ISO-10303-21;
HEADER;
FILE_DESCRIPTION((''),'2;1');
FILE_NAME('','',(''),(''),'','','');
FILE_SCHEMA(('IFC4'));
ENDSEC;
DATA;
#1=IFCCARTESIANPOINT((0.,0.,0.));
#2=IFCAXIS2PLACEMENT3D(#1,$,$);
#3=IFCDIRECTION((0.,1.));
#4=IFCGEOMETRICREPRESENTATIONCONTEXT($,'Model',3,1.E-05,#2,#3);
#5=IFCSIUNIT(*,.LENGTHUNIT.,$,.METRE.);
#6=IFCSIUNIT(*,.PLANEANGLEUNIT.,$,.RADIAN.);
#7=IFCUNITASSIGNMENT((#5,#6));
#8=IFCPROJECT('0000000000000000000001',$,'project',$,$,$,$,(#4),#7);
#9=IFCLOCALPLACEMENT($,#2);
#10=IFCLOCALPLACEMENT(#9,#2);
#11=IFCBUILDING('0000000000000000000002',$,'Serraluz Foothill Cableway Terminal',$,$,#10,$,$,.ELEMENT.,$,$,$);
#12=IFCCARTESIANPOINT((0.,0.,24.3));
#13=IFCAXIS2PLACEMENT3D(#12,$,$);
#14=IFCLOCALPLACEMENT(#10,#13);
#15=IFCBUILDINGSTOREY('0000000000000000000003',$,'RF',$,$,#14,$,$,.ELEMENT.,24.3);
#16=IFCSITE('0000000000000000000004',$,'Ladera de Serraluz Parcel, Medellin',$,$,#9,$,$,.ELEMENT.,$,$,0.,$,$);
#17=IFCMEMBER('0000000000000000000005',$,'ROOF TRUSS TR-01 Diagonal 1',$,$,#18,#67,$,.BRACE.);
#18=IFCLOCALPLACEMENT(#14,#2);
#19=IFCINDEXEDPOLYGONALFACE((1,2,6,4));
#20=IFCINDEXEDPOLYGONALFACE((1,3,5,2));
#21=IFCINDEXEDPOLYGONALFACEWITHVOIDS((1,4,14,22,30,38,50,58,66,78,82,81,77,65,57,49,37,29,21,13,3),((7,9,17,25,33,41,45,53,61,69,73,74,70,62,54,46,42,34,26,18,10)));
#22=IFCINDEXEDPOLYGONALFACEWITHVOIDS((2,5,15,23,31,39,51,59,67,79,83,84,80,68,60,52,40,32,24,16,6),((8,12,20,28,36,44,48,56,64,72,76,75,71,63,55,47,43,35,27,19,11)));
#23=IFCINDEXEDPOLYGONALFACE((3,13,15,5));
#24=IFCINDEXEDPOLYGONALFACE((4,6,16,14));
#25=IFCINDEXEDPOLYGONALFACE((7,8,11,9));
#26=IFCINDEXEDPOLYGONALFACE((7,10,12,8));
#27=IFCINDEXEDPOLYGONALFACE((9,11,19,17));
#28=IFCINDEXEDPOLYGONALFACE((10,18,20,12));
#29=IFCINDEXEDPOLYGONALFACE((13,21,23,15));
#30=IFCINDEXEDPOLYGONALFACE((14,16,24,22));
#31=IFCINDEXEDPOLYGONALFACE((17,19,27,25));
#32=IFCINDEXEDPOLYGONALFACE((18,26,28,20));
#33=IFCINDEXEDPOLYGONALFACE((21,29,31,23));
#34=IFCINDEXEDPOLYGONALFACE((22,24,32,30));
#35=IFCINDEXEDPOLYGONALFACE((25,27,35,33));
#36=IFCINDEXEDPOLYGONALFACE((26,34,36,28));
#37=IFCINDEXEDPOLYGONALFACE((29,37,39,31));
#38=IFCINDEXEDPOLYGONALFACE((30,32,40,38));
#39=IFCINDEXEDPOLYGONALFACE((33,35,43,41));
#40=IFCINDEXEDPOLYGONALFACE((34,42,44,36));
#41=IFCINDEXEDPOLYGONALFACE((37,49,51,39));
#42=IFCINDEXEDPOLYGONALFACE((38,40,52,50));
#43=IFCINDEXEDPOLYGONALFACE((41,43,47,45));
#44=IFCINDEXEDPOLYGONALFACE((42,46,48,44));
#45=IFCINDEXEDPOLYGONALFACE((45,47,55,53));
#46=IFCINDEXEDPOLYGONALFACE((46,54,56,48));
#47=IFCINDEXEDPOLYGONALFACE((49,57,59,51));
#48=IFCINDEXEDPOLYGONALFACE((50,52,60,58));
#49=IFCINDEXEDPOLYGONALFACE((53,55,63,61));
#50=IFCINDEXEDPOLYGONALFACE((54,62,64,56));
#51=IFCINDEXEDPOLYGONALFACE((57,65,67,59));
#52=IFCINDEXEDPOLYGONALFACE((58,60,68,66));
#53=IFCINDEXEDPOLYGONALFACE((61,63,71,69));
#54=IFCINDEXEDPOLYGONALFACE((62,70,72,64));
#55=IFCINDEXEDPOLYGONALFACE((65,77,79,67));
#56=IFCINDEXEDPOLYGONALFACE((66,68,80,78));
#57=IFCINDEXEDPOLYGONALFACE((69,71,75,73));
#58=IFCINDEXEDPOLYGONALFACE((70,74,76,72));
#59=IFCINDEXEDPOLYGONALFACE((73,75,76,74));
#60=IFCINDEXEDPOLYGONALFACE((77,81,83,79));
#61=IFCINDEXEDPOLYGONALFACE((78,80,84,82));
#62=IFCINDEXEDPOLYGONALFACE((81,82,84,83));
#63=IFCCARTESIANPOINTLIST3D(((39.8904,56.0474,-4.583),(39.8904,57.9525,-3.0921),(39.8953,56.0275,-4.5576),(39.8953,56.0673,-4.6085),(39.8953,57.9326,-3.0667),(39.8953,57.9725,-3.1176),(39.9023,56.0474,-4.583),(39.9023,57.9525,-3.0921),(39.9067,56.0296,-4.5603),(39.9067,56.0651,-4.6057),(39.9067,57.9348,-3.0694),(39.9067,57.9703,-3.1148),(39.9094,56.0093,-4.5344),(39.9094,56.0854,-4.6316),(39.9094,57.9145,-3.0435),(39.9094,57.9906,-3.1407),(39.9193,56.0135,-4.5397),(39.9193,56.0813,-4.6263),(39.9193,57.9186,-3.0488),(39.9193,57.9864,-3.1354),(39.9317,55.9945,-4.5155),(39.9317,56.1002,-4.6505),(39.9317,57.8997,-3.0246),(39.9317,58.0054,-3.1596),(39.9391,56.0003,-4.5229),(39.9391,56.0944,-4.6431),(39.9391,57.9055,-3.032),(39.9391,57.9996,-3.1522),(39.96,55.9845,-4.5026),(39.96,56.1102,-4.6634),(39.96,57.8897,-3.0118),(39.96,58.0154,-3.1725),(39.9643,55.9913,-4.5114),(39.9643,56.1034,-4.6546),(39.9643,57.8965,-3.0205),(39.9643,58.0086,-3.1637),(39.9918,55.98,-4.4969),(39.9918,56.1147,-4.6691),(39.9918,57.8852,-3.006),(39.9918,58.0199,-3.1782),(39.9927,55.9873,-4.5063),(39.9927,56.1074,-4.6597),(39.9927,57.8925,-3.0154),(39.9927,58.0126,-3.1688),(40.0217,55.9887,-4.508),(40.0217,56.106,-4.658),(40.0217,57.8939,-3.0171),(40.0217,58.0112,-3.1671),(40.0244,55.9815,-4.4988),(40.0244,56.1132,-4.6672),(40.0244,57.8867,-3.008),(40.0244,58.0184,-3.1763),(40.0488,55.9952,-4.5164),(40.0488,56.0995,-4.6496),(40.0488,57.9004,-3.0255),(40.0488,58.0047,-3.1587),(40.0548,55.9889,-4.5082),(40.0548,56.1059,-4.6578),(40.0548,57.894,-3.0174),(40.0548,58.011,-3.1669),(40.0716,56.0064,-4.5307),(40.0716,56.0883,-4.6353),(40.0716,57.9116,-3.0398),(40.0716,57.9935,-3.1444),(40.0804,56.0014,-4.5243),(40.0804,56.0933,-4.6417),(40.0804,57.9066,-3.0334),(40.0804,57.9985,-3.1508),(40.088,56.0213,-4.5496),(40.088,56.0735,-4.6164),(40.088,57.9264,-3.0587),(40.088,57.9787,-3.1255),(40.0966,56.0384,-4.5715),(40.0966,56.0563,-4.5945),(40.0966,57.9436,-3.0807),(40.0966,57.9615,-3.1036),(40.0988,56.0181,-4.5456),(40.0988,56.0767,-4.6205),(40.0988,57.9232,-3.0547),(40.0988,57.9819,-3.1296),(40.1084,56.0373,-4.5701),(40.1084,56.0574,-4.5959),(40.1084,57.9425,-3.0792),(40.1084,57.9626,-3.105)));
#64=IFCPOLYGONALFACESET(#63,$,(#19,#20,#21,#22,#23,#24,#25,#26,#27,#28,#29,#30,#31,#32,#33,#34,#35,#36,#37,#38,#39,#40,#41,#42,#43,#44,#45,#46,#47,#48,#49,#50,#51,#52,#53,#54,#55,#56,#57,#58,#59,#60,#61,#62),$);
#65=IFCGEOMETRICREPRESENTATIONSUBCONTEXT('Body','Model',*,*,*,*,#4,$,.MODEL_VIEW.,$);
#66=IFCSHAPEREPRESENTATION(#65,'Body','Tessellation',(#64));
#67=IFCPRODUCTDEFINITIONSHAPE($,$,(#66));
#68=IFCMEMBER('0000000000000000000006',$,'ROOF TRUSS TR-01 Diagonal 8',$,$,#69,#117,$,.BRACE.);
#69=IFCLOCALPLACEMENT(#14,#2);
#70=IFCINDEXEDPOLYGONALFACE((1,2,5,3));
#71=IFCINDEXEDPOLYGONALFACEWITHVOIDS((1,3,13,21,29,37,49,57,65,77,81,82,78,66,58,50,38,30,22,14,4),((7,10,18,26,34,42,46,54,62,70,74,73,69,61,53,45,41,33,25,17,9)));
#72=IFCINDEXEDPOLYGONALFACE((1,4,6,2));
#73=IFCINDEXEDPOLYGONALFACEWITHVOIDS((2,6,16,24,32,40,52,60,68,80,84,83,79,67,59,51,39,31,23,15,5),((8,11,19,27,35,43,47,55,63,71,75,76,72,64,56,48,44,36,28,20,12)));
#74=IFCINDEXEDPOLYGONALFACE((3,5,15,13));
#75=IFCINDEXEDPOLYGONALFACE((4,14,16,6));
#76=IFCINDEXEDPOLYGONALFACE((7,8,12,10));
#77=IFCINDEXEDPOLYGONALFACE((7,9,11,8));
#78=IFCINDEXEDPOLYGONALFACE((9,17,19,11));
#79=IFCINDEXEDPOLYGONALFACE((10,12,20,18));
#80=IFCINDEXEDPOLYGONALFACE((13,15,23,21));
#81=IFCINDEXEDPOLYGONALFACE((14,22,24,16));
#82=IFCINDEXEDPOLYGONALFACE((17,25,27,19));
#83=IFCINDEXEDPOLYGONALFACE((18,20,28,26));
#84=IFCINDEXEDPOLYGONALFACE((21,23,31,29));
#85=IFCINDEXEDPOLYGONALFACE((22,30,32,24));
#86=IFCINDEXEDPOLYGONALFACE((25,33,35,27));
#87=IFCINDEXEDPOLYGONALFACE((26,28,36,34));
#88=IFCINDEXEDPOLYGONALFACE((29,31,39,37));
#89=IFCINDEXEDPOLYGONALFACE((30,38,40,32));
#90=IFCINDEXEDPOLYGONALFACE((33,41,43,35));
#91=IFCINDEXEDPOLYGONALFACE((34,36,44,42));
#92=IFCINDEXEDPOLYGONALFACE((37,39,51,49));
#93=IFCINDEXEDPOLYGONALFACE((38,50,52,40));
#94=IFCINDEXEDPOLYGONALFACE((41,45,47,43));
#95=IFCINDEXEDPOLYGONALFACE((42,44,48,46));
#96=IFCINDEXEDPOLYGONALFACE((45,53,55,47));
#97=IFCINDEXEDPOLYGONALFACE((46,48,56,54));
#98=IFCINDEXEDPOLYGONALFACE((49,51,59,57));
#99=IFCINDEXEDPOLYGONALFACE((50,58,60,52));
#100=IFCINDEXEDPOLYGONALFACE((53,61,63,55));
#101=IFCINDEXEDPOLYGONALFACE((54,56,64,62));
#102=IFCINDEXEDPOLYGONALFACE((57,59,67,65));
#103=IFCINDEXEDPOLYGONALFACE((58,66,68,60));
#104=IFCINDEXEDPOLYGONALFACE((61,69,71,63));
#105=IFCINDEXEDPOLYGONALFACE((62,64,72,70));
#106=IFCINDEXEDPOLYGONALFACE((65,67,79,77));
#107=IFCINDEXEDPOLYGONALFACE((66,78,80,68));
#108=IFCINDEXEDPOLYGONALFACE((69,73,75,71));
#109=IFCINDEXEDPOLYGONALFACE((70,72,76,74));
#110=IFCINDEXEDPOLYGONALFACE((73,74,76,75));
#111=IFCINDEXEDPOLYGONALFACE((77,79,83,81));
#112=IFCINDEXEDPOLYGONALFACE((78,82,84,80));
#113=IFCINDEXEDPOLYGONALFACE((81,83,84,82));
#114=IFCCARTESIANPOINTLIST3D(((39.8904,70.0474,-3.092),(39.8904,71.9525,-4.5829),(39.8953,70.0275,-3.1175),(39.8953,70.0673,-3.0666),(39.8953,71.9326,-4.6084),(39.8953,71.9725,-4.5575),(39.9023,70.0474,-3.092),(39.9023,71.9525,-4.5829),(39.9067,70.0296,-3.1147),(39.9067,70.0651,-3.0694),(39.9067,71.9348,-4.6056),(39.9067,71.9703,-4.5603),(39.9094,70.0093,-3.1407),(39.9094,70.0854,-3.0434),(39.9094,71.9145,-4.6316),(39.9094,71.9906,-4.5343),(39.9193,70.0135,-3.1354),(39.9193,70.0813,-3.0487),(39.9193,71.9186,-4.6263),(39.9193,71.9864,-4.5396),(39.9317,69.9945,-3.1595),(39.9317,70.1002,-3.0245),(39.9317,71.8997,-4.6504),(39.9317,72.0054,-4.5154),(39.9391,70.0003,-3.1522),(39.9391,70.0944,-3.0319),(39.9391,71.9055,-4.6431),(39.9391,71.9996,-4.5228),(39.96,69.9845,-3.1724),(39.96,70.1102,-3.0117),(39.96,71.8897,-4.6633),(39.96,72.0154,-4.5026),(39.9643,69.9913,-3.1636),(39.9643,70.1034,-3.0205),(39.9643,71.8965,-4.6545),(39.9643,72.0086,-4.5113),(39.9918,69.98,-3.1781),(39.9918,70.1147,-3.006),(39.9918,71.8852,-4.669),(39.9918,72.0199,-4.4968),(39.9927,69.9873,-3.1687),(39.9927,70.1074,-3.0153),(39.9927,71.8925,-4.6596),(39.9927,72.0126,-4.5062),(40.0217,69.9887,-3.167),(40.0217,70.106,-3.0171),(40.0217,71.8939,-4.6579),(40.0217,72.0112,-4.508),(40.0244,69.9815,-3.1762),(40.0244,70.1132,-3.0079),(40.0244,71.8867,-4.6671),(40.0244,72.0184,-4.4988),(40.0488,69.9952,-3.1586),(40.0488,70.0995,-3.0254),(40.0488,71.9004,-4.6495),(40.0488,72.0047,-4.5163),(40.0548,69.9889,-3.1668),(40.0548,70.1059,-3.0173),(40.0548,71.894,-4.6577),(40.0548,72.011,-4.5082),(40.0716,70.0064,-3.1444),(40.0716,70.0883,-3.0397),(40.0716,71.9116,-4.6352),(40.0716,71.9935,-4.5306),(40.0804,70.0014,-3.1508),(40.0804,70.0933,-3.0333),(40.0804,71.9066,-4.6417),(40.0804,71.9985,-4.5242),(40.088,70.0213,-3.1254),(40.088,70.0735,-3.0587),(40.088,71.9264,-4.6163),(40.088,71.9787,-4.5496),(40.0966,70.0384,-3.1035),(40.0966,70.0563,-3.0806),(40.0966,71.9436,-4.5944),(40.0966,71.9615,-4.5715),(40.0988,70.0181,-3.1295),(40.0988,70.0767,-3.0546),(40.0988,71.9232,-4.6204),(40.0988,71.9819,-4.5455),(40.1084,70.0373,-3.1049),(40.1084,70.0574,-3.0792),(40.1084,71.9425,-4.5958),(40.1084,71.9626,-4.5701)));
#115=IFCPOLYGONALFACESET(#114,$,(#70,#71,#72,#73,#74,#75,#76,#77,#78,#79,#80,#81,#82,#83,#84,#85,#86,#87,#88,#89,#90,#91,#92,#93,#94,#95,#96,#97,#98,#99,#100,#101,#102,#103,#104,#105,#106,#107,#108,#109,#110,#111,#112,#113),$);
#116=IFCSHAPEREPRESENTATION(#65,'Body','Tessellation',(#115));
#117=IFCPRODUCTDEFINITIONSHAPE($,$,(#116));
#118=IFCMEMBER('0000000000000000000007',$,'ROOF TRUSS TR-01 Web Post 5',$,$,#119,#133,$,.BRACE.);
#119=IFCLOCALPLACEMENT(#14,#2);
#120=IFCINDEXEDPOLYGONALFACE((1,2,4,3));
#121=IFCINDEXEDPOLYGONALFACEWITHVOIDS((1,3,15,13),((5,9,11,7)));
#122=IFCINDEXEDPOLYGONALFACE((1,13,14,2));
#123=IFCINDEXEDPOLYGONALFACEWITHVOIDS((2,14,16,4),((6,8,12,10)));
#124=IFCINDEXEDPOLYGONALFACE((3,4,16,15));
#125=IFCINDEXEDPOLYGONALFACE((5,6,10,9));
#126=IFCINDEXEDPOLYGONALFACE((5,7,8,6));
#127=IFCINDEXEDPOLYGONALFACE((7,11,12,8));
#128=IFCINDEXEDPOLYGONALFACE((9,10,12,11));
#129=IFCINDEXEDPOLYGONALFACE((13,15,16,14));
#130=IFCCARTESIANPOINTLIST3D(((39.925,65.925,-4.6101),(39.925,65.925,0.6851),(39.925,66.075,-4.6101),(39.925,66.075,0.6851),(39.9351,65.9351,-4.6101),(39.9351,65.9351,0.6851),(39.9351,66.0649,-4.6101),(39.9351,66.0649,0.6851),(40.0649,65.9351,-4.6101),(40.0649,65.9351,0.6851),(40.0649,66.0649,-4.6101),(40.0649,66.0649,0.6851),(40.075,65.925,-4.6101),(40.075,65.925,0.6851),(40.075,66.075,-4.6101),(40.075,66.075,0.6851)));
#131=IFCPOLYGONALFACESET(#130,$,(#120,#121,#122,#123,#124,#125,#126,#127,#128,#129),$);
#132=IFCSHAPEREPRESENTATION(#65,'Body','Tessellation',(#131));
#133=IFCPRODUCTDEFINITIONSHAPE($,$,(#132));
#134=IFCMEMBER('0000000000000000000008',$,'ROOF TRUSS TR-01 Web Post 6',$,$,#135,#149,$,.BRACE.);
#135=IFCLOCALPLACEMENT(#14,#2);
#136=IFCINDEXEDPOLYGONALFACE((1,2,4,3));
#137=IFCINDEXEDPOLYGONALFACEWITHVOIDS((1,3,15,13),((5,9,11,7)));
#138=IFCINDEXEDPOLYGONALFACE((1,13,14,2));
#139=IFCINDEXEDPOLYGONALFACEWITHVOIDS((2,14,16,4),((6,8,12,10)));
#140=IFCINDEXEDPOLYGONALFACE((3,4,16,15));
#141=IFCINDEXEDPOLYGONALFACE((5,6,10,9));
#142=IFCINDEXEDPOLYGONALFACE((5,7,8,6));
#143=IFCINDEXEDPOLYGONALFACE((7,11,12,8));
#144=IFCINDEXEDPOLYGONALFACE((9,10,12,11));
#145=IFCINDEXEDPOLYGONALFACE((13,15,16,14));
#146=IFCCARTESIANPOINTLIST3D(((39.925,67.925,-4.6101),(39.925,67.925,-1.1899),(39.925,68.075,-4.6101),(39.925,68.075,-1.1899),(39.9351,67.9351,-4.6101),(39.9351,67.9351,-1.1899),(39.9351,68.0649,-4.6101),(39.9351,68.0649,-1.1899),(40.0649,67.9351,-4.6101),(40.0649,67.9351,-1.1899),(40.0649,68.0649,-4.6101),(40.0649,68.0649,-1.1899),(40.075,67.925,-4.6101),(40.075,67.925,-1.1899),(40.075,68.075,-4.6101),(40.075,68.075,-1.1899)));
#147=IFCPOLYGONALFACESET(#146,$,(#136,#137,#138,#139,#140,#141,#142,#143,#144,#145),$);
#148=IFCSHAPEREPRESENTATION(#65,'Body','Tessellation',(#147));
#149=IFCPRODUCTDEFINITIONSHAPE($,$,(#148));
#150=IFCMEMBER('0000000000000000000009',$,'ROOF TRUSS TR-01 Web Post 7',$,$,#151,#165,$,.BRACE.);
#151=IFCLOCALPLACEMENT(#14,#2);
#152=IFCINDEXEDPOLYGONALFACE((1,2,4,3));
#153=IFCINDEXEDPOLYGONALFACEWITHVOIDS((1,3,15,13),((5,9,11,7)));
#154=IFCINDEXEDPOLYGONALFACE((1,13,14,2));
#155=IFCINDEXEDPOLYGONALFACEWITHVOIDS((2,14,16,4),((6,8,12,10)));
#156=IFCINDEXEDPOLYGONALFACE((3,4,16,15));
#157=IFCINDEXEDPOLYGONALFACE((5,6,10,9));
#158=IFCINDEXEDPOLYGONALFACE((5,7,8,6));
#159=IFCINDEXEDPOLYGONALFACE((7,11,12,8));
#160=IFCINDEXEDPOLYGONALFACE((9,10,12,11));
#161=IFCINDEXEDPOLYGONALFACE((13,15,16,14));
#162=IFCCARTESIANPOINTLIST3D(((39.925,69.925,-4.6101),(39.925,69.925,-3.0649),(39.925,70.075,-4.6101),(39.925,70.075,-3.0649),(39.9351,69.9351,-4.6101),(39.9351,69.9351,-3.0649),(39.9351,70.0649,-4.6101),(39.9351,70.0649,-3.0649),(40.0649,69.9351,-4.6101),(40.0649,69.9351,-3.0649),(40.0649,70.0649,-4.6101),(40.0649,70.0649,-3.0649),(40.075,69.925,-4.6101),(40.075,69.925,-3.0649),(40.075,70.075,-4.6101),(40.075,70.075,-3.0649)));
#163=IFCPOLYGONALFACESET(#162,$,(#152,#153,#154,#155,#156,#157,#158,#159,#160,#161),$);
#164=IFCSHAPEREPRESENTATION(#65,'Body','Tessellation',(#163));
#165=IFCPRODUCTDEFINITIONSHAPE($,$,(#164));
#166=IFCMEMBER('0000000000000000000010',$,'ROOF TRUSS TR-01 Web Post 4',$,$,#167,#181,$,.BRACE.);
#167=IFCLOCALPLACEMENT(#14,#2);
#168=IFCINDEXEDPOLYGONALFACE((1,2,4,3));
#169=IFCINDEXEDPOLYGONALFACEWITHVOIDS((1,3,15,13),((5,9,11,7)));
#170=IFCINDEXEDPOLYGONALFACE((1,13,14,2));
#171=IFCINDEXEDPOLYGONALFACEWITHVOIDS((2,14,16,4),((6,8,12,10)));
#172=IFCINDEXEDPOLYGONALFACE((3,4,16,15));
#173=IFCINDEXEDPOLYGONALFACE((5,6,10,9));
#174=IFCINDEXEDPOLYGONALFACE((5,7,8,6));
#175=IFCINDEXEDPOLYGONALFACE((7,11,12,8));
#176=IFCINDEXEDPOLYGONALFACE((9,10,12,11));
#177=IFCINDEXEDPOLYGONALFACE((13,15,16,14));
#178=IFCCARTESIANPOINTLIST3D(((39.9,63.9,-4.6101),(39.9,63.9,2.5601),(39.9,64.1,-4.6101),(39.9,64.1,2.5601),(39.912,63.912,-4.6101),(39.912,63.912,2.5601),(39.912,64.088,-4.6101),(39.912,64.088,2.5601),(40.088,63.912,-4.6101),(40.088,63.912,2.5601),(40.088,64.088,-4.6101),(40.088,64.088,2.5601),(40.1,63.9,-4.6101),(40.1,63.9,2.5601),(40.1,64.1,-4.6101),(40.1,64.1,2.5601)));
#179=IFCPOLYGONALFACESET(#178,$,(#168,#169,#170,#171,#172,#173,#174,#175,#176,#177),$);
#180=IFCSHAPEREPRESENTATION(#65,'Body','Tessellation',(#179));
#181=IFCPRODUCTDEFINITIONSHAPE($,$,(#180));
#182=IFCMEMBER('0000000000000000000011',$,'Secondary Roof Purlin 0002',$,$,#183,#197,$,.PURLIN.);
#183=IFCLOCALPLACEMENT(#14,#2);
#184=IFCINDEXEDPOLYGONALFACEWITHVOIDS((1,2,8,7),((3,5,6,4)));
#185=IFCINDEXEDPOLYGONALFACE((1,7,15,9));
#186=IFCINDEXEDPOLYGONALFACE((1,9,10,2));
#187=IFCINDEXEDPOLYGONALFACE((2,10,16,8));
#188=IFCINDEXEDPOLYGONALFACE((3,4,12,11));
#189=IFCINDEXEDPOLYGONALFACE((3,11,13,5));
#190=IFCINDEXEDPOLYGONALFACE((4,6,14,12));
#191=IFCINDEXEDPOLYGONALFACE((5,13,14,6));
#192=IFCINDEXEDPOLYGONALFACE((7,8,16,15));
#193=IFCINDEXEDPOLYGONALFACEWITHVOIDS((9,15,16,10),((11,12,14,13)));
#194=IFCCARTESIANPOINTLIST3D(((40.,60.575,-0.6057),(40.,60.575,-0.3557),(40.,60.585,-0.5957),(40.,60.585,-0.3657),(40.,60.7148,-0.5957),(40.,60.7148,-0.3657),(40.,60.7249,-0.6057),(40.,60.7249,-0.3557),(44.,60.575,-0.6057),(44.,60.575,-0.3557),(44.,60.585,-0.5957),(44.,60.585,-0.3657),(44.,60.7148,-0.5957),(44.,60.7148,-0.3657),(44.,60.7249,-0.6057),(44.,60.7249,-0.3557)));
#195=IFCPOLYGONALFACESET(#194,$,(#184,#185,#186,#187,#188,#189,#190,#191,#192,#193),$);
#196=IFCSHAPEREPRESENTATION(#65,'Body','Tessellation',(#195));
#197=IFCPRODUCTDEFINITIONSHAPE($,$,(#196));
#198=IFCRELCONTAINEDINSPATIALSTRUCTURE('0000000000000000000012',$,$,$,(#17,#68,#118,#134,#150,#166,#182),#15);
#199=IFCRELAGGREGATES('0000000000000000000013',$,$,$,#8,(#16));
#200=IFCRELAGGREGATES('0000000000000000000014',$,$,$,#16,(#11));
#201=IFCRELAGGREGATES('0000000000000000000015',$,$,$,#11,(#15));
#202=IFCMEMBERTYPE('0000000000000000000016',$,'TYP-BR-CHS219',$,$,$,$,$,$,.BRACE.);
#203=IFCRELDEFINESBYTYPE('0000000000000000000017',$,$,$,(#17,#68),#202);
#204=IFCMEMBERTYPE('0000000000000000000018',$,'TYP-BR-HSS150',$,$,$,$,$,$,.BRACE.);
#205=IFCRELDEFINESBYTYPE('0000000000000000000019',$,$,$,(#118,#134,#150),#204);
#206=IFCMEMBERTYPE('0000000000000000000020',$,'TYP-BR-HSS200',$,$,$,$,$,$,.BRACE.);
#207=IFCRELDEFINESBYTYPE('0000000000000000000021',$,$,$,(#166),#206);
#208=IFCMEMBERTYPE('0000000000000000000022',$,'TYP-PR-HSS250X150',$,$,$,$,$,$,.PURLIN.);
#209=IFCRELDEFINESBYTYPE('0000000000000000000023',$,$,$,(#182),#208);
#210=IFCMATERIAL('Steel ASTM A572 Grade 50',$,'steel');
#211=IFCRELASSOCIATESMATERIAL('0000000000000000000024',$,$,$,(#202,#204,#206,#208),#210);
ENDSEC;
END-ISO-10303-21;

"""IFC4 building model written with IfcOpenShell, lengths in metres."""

from ifc_helpers import new_model, si_unit, direction, frame, origin, origin_2d, place, context, subcontext, project, spatial, hollow_rectangle, hollow_circle, extrude, material, material_profile, profile_set, type_object, element, save


model = new_model("IFC4")

# Units and contexts
model_context = context("Model", 3, precision=1e-05, world=origin(), true_north=direction((0.0, 1.0)))
body_context = subcontext(model_context, "Body", "Model", "MODEL_VIEW")
ifc_project = project(units=[si_unit("LENGTHUNIT", "METRE"), si_unit("PLANEANGLEUNIT", "RADIAN")], contexts=[model_context])

# Site, building, storey
site_placement = place(None, origin())
site = spatial("IfcSite", under=ifc_project, at=site_placement, Name="Ladera de Serraluz Parcel, Medellin", CompositionType="ELEMENT", RefElevation=0.0)
building_placement = place(site_placement, origin())
building = spatial("IfcBuilding", under=site, at=building_placement, Name="Serraluz Foothill Cableway Terminal", CompositionType="ELEMENT")
storey_placement = place(building_placement, frame((0.0, 0.0, 24.3)))
storey = spatial("IfcBuildingStorey", under=building, at=storey_placement, Name="RF", CompositionType="ELEMENT", Elevation=24.3)

# Members
ifc_material_1 = material(Name="Steel ASTM A572 Grade 50", Category="steel")
ifc_material_profile_1 = material_profile(ifc_material_1, hollow_circle(Radius=0.1096, WallThickness=0.012, at=origin_2d()), Name="CHS219X12")
ifc_profile_set_1 = profile_set([ifc_material_profile_1], Name="Steel ASTM A572 Grade 50")
member_type_1 = type_object("IfcMemberType", Name="TYP-BR-CHS219", PredefinedType="BRACE", material=ifc_profile_set_1)
for number, where, z_axis, x_axis, name in (
    (1, (40.0, 56.0474, -4.583), (0.0, 0.787528, 0.616278), (-1.0, 0.0, 0.0), "ROOF TRUSS TR-01 Diagonal 1"),
    (2, (40.0, 70.0474, -3.092), (0.0, 0.787528, -0.616278), (-1.0, 0.0, 0.0), "ROOF TRUSS TR-01 Diagonal 8"),
):
    element("IfcMember", number, at=place(storey_placement, frame(where, z_axis=z_axis, x_axis=x_axis)), inside=storey, type_object=member_type_1, Name=name, PredefinedType="BRACE", context=body_context, shape_type="SweptSolid", body=[
        extrude(hollow_circle(Radius=0.1096, WallThickness=0.012, at=origin_2d()), origin(), (0.0, 0.0, 1.0), 2.4192),
    ])
ifc_material_profile_2 = material_profile(ifc_material_1, hollow_rectangle(XDim=0.1499, YDim=0.1499, WallThickness=0.01, at=origin_2d()), Name="HSS150X150X10")
ifc_profile_set_2 = profile_set([ifc_material_profile_2], Name="Steel ASTM A572 Grade 50")
member_type_2 = type_object("IfcMemberType", Name="TYP-BR-HSS150", PredefinedType="BRACE", material=ifc_profile_set_2)
member_1_placement = place(storey_placement, frame((40.0, 66.0, -4.6101), z_axis=(0.0, 0.0, 1.0), x_axis=(1.0, 0.0, 0.0)))
element("IfcMember", 3, at=member_1_placement, inside=storey, type_object=member_type_2, Name="ROOF TRUSS TR-01 Web Post 5", PredefinedType="BRACE", context=body_context, shape_type="SweptSolid", body=[
    extrude(hollow_rectangle(XDim=0.1499, YDim=0.1499, WallThickness=0.01, at=origin_2d()), origin(), (0.0, 0.0, 1.0), 5.2952),
])
member_2_placement = place(storey_placement, frame((40.0, 68.0, -4.6101), z_axis=(0.0, 0.0, 1.0), x_axis=(1.0, 0.0, 0.0)))
element("IfcMember", 4, at=member_2_placement, inside=storey, type_object=member_type_2, Name="ROOF TRUSS TR-01 Web Post 6", PredefinedType="BRACE", context=body_context, shape_type="SweptSolid", body=[
    extrude(hollow_rectangle(XDim=0.1499, YDim=0.1499, WallThickness=0.01, at=origin_2d()), origin(), (0.0, 0.0, 1.0), 3.4202),
])
member_3_placement = place(storey_placement, frame((40.0, 70.0, -4.6101), z_axis=(0.0, 0.0, 1.0), x_axis=(1.0, 0.0, 0.0)))
element("IfcMember", 5, at=member_3_placement, inside=storey, type_object=member_type_2, Name="ROOF TRUSS TR-01 Web Post 7", PredefinedType="BRACE", context=body_context, shape_type="SweptSolid", body=[
    extrude(hollow_rectangle(XDim=0.1499, YDim=0.1499, WallThickness=0.01, at=origin_2d()), origin(), (0.0, 0.0, 1.0), 1.5452),
])
ifc_material_profile_3 = material_profile(ifc_material_1, hollow_rectangle(XDim=0.2, YDim=0.2, WallThickness=0.012, at=origin_2d()), Name="HSS200X200X12")
ifc_profile_set_3 = profile_set([ifc_material_profile_3], Name="Steel ASTM A572 Grade 50")
member_type_3 = type_object("IfcMemberType", Name="TYP-BR-HSS200", PredefinedType="BRACE", material=ifc_profile_set_3)
member_4_placement = place(storey_placement, frame((40.0, 64.0, -4.6101), z_axis=(0.0, 0.0, 1.0), x_axis=(1.0, 0.0, 0.0)))
element("IfcMember", 6, at=member_4_placement, inside=storey, type_object=member_type_3, Name="ROOF TRUSS TR-01 Web Post 4", PredefinedType="BRACE", context=body_context, shape_type="SweptSolid", body=[
    extrude(hollow_rectangle(XDim=0.2, YDim=0.2, WallThickness=0.012, at=origin_2d()), origin(), (0.0, 0.0, 1.0), 7.1702),
])
ifc_material_profile_4 = material_profile(ifc_material_1, hollow_rectangle(XDim=0.1499, YDim=0.25, WallThickness=0.01, at=origin_2d()), Name="HSS250X150X10")
ifc_profile_set_4 = profile_set([ifc_material_profile_4], Name="Steel ASTM A572 Grade 50")
member_type_4 = type_object("IfcMemberType", Name="TYP-PR-HSS250X150", PredefinedType="PURLIN", material=ifc_profile_set_4)
member_5_placement = place(storey_placement, frame((40.0, 60.6499, -0.4807), z_axis=(1.0, 0.0, 0.0), x_axis=(0.0, 1.0, 0.0)))
element("IfcMember", 7, at=member_5_placement, inside=storey, type_object=member_type_4, Name="Secondary Roof Purlin 0002", PredefinedType="PURLIN", context=body_context, shape_type="SweptSolid", body=[
    extrude(hollow_rectangle(XDim=0.1499, YDim=0.25, WallThickness=0.01, at=origin_2d()), origin(), (0.0, 0.0, 1.0), 4.0),
])

save(model, "model.ifc")
